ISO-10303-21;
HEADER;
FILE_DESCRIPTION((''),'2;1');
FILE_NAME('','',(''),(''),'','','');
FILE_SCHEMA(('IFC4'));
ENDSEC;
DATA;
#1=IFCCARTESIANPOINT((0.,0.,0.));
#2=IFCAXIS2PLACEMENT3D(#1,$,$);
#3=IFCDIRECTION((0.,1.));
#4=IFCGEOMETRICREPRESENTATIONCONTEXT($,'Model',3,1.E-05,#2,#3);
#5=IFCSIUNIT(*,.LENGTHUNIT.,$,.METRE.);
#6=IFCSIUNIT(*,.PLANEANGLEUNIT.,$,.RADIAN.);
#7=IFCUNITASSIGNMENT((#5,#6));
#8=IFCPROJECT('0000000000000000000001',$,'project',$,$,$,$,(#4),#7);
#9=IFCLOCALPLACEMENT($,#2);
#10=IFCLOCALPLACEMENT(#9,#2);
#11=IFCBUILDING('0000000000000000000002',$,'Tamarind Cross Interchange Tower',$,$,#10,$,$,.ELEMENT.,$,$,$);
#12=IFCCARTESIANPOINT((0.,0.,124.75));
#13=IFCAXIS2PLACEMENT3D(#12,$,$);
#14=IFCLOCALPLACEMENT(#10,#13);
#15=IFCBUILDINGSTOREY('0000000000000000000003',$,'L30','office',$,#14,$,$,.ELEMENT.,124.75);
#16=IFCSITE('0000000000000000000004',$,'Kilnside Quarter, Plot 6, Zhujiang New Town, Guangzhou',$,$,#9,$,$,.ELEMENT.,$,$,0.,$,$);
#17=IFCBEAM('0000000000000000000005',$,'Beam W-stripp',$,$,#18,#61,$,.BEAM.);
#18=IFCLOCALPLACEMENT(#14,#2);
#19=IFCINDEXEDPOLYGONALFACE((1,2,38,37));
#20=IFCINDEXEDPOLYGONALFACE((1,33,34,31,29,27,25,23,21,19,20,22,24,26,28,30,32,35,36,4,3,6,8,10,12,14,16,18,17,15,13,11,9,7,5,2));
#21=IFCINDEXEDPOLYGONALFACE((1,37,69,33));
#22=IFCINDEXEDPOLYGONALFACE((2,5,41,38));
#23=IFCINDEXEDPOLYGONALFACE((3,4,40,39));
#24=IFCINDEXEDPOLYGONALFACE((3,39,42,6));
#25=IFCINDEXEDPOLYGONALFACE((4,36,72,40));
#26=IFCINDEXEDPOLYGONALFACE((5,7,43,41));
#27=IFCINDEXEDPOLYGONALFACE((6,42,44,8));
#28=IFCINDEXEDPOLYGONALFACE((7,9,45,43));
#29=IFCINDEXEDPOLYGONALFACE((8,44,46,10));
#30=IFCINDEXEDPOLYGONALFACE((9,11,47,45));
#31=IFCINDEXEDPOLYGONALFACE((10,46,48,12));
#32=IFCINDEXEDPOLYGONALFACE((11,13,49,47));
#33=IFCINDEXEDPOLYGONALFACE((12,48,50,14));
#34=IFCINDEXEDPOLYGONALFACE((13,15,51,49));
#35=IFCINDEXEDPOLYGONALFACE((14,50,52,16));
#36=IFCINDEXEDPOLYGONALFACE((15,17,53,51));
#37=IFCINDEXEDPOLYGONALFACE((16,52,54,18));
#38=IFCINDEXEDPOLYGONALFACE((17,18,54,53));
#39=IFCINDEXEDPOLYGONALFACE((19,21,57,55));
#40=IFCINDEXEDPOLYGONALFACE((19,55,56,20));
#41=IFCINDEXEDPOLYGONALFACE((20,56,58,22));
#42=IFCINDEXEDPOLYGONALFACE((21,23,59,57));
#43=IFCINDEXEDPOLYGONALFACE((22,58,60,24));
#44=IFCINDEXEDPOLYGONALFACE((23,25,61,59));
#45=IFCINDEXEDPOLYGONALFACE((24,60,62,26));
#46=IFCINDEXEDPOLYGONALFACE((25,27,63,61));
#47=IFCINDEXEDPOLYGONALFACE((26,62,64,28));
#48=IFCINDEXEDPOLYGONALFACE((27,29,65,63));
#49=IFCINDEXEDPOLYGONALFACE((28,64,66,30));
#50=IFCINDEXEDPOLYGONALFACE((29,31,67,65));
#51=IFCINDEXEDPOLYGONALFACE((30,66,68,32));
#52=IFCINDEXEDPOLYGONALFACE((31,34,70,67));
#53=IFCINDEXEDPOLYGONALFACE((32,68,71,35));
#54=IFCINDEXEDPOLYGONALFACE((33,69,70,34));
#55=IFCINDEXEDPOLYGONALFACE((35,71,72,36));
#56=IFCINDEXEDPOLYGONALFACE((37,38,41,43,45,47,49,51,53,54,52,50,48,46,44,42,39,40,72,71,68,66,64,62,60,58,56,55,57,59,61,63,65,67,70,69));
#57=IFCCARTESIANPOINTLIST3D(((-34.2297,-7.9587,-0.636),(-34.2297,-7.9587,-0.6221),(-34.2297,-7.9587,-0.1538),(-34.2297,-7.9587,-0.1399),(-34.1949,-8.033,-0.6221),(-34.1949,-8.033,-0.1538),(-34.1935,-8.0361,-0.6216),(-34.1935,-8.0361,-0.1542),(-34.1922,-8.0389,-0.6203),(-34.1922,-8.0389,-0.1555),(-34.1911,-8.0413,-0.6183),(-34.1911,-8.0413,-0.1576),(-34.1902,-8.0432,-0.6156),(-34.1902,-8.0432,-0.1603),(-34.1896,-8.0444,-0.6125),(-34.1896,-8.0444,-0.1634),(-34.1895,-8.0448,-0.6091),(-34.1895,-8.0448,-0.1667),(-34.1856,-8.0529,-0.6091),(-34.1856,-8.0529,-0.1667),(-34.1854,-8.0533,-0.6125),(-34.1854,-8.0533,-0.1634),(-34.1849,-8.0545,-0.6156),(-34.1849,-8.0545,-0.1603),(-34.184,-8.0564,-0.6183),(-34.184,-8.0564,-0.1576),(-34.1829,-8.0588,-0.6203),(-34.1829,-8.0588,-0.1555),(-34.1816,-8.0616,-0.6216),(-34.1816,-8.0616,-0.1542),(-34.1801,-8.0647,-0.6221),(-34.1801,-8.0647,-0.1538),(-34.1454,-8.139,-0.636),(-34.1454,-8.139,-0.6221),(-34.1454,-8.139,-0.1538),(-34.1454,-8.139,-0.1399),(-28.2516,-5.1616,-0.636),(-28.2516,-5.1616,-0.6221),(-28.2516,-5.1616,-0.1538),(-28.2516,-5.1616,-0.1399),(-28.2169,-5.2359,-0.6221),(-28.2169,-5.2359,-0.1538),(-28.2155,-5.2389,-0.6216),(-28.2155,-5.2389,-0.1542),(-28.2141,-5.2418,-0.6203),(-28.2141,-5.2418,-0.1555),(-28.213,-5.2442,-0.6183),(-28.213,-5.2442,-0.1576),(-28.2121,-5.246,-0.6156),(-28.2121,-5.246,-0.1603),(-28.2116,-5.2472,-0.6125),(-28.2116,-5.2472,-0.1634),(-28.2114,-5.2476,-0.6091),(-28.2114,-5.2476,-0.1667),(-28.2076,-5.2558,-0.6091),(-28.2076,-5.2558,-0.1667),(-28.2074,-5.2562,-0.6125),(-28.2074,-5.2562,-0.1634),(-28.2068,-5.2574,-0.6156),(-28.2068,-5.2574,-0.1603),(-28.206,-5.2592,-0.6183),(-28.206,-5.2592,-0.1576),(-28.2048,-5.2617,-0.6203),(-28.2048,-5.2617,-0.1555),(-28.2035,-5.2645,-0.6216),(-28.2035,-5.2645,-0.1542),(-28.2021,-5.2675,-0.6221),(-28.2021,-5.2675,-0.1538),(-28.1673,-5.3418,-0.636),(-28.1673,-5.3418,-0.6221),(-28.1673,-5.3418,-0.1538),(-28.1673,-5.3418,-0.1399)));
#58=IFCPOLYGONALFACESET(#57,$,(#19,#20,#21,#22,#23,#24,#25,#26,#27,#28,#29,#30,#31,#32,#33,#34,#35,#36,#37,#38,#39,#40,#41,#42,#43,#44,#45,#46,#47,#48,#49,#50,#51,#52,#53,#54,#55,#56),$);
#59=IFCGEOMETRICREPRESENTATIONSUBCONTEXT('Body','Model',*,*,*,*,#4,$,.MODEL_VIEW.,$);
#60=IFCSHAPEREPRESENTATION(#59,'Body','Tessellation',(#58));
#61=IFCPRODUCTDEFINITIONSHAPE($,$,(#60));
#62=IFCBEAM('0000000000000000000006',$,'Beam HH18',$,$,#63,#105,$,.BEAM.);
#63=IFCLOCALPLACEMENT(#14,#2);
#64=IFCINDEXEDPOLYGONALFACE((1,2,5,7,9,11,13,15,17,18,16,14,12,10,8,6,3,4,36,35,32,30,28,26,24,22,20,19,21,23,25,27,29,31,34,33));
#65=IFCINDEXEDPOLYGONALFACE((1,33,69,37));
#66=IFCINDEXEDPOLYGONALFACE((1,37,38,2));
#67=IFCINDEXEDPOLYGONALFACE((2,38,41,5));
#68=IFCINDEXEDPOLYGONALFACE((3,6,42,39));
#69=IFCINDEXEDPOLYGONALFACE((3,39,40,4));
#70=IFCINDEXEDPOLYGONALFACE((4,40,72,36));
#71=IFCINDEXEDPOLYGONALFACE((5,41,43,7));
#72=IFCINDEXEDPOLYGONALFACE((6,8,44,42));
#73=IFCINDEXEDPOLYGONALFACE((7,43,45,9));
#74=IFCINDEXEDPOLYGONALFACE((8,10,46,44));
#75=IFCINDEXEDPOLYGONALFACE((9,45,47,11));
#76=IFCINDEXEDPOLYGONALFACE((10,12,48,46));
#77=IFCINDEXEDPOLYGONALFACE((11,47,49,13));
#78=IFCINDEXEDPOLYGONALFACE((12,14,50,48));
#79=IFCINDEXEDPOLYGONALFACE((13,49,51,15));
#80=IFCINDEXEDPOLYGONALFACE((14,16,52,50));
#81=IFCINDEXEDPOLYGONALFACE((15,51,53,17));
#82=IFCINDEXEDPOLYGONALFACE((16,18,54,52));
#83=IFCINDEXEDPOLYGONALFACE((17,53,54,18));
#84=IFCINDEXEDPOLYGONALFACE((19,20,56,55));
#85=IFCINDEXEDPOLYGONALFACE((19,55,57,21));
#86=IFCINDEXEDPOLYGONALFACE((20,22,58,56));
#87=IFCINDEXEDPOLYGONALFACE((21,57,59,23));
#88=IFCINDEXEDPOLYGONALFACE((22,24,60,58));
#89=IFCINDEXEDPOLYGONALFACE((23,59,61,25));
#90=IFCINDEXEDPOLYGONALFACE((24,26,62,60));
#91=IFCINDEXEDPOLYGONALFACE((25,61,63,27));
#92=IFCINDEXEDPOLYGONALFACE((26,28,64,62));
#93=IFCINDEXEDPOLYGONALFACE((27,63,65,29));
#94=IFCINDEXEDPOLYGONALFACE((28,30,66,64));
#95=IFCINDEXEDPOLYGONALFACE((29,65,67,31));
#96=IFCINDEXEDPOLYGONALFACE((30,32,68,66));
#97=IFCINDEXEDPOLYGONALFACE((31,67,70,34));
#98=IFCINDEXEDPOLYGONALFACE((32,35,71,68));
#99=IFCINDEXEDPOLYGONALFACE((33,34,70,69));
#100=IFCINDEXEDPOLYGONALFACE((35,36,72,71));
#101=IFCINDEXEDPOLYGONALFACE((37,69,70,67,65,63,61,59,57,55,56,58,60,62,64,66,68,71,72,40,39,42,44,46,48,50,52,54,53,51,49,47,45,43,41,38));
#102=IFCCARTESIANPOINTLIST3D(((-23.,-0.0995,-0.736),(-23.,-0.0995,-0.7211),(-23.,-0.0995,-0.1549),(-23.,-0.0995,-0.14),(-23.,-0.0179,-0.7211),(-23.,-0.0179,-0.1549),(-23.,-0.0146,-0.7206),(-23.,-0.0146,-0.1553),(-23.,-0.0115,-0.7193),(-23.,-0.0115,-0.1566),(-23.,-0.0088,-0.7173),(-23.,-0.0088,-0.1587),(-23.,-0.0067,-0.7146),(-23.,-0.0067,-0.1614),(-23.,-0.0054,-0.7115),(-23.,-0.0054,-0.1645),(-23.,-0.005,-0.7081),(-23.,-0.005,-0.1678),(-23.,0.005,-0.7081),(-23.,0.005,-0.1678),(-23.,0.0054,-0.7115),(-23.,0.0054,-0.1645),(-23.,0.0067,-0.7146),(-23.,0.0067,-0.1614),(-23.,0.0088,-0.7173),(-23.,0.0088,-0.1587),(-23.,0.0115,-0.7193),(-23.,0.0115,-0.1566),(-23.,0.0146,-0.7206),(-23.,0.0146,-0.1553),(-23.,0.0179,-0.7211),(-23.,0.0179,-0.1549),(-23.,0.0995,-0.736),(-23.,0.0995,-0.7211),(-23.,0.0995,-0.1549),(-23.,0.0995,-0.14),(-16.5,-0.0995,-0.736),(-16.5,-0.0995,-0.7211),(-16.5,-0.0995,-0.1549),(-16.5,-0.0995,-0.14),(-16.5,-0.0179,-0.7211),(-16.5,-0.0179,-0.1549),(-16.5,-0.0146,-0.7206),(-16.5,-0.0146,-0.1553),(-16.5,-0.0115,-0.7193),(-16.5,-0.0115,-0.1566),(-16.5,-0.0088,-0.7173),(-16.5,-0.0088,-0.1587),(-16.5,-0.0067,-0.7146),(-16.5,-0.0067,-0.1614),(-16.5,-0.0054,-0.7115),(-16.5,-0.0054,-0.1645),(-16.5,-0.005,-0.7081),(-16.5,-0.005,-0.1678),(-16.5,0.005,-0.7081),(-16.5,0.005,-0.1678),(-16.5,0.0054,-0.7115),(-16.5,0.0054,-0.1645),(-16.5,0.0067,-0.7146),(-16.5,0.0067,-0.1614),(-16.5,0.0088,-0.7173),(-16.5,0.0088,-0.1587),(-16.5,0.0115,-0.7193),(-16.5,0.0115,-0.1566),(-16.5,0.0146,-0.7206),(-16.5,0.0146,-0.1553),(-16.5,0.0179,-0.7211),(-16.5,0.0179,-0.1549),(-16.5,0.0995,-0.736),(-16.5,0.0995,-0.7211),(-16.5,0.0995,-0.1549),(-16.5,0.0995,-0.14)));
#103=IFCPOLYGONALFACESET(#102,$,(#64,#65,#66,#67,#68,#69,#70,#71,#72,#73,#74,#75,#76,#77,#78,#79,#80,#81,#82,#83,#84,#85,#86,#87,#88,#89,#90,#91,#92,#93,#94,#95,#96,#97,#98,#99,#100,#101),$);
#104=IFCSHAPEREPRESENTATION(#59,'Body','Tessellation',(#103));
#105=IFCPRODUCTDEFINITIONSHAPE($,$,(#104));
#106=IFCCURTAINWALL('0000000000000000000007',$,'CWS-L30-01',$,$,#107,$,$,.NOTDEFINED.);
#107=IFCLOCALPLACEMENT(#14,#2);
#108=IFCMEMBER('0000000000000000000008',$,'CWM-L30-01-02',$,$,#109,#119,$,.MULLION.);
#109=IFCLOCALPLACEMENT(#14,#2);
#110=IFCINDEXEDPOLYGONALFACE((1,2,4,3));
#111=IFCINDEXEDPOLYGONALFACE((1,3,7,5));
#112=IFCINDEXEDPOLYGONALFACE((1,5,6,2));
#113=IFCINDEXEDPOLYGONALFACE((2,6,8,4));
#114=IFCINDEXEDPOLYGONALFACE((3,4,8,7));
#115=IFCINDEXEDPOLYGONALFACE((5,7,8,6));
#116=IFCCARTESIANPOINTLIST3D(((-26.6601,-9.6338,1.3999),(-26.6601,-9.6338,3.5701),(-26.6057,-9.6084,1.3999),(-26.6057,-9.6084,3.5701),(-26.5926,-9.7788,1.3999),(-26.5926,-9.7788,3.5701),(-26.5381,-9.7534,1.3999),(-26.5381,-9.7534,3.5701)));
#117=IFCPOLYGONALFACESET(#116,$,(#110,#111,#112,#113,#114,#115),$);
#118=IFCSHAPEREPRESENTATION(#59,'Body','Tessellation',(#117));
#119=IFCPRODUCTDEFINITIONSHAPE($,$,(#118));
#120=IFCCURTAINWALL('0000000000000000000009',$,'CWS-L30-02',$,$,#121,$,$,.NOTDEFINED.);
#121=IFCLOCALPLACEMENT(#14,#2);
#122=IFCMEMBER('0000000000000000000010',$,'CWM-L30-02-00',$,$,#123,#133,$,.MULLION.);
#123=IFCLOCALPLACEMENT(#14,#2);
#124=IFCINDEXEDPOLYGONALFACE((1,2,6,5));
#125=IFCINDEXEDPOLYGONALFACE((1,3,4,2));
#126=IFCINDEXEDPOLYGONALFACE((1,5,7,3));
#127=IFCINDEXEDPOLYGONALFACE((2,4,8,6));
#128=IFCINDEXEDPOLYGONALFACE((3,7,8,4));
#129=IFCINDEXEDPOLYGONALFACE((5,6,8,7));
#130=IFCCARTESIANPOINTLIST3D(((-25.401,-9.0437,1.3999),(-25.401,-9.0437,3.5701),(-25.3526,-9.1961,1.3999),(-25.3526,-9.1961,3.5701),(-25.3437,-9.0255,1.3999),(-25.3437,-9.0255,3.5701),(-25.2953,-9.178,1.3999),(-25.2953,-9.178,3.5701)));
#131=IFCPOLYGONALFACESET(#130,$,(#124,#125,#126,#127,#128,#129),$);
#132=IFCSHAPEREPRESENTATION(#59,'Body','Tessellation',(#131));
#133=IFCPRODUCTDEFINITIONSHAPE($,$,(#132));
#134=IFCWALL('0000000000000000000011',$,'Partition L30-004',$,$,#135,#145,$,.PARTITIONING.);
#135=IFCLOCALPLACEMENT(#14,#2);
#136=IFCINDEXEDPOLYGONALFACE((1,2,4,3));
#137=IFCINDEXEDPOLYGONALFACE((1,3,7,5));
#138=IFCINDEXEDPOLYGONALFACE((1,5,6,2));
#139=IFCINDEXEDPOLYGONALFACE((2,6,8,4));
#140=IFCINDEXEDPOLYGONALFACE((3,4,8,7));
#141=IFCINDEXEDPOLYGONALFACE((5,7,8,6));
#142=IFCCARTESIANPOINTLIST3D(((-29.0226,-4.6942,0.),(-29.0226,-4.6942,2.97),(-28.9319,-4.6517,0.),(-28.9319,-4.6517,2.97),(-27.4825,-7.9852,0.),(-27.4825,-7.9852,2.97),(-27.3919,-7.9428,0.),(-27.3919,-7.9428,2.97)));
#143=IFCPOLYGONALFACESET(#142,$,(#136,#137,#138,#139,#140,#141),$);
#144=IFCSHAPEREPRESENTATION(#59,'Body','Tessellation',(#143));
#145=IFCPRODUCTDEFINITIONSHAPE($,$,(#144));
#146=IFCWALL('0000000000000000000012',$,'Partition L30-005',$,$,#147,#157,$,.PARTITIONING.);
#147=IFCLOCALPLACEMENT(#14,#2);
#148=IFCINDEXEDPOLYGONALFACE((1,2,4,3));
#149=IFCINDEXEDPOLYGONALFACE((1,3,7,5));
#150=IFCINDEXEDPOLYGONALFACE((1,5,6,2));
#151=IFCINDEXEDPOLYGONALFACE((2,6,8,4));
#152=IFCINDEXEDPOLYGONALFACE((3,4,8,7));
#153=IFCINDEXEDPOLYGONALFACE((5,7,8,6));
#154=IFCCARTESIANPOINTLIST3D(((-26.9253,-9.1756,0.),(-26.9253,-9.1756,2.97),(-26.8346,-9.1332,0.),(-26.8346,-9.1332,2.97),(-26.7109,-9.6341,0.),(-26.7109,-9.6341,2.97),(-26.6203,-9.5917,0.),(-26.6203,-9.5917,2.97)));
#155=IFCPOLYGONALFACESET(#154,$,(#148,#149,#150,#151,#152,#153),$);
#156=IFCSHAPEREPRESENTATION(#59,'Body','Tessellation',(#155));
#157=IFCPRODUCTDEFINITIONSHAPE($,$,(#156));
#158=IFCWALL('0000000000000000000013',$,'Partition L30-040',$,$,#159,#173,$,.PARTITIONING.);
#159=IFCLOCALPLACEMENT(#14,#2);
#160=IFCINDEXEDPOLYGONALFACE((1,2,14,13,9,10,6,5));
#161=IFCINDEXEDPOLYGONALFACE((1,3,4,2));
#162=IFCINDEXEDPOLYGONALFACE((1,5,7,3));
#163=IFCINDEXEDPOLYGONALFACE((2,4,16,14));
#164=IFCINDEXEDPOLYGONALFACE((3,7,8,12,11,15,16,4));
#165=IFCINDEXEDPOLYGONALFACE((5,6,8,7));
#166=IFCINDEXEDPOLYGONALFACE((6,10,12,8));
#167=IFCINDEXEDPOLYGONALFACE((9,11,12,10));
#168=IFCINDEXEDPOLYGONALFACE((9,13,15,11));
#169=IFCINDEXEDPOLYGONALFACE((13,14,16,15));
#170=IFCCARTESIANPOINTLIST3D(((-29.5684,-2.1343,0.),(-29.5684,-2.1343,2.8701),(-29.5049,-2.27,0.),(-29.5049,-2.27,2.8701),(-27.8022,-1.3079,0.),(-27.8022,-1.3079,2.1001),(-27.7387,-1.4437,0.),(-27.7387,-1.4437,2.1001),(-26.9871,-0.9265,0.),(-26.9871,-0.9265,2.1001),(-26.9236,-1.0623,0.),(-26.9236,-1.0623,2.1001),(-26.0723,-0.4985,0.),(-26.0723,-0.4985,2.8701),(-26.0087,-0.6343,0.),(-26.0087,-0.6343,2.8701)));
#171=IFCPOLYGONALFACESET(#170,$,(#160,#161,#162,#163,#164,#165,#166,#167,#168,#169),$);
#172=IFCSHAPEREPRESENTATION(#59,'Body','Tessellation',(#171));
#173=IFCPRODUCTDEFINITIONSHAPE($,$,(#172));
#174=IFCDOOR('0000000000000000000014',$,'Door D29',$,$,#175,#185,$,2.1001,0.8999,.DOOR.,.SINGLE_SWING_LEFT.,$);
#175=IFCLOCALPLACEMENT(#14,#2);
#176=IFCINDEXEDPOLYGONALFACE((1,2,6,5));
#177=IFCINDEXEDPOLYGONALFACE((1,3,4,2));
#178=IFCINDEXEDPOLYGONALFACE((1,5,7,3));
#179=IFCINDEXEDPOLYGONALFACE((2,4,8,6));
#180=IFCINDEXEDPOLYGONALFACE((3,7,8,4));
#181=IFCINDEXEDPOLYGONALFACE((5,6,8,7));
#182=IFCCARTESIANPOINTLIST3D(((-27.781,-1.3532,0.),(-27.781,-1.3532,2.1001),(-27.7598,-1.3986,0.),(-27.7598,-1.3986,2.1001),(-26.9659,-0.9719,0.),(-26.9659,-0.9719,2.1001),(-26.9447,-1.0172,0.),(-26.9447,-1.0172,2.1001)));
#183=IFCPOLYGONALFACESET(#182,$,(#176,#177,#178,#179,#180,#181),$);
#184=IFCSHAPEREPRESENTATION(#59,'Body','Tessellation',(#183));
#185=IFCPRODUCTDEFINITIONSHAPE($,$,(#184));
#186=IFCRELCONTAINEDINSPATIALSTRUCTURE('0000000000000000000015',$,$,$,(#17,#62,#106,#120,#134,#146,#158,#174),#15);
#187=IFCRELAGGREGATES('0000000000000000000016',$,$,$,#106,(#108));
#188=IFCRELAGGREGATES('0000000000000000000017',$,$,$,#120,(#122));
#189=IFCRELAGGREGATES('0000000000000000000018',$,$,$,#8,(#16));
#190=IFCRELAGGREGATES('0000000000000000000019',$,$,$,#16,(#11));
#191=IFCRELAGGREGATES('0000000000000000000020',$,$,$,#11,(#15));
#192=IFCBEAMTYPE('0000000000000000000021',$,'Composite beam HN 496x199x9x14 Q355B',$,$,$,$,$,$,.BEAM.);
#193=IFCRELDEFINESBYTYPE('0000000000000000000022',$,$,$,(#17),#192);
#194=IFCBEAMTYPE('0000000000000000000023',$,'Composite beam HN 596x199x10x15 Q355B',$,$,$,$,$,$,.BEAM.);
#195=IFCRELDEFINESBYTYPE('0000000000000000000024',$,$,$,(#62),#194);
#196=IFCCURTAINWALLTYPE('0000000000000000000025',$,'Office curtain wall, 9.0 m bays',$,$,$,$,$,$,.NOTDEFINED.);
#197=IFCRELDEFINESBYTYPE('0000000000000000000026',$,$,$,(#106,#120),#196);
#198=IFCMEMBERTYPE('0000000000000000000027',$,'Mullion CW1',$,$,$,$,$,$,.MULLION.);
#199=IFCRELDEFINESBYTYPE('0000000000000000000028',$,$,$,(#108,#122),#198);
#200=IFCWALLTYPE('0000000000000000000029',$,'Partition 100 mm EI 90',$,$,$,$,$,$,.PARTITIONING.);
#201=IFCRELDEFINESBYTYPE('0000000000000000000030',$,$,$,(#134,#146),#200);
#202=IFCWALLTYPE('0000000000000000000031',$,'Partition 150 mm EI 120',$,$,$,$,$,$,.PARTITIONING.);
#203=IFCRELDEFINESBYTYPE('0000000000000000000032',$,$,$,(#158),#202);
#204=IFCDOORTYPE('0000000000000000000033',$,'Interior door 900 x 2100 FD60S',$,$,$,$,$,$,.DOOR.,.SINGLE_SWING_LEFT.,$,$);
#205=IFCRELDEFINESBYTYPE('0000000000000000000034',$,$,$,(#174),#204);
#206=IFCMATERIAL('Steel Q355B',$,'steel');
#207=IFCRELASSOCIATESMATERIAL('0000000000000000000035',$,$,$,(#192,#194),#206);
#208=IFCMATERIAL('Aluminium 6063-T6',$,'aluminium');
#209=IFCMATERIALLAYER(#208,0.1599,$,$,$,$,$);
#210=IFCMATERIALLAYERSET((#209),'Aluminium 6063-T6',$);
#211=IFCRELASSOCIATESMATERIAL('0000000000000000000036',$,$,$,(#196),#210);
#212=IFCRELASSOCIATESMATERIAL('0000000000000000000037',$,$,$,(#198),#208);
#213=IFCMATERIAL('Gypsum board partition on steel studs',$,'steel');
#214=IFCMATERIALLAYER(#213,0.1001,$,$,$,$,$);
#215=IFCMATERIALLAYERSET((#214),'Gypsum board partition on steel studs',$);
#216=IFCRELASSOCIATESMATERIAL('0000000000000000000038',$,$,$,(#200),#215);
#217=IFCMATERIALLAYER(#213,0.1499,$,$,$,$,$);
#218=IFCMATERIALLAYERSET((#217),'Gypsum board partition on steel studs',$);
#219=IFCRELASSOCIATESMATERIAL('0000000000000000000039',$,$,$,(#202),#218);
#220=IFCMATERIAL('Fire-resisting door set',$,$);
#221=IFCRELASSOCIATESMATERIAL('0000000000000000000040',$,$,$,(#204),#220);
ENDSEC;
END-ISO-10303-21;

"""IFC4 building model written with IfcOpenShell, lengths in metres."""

from ifc_helpers import new_model, si_unit, direction, frame, frame_2d, origin, origin_2d, place, context, subcontext, project, spatial, rectangle, i_section, extrude, material, layer, layer_set, material_profile, profile_set, type_object, element, fill, aggregate, save


model = new_model("IFC4")

# Units and contexts
model_context = context("Model", 3, precision=1e-05, world=origin(), true_north=direction((0.0, 1.0)))
body_context = subcontext(model_context, "Body", "Model", "MODEL_VIEW")
ifc_project = project(units=[si_unit("LENGTHUNIT", "METRE"), si_unit("PLANEANGLEUNIT", "RADIAN")], contexts=[model_context])

# Site, building, storey
site_placement = place(None, origin())
site = spatial("IfcSite", under=ifc_project, at=site_placement, Name="Kilnside Quarter, Plot 6, Zhujiang New Town, Guangzhou", CompositionType="ELEMENT", RefElevation=0.0)
building_placement = place(site_placement, origin())
building = spatial("IfcBuilding", under=site, at=building_placement, Name="Tamarind Cross Interchange Tower", CompositionType="ELEMENT")
storey_placement = place(building_placement, frame((0.0, 0.0, 124.75)))
storey = spatial("IfcBuildingStorey", under=building, at=storey_placement, Name="L30", Description="office", CompositionType="ELEMENT", Elevation=124.75)

# Beams
ifc_material_1 = material(Name="Steel Q355B", Category="steel")
ifc_material_profile_1 = material_profile(ifc_material_1, i_section(OverallWidth=0.199, OverallDepth=0.4961, WebThickness=0.009, FlangeThickness=0.0139, FilletRadius=0.0129, at=origin_2d()), Name="HN 496x199x9x14")
ifc_profile_set_1 = profile_set([ifc_material_profile_1], Name="Steel Q355B")
beam_type_1 = type_object("IfcBeamType", Name="Composite beam HN 496x199x9x14 Q355B", PredefinedType="BEAM", material=ifc_profile_set_1)
for number, where, z_axis, x_axis, name in (
    (1, (-28.2095, -5.2517, -0.3879), (-0.905755, -0.423803, 0.0), (0.423803, -0.905755, 0.0), "Beam W-stripp"),
):
    element("IfcBeam", number, at=place(storey_placement, frame(where, z_axis=z_axis, x_axis=x_axis)), inside=storey, type_object=beam_type_1, Name=name, PredefinedType="BEAM", context=body_context, shape_type="SweptSolid", body=[
        extrude(i_section(OverallWidth=0.199, OverallDepth=0.4961, WebThickness=0.009, FlangeThickness=0.0139, FilletRadius=0.0129, at=origin_2d()), origin(), (0.0, 0.0, 1.0), 6.6001),
    ])
ifc_material_profile_2 = material_profile(ifc_material_1, i_section(OverallWidth=0.199, OverallDepth=0.5959, WebThickness=0.01, FlangeThickness=0.0149, FilletRadius=0.0129, at=origin_2d()), Name="HN 596x199x10x15")
ifc_profile_set_2 = profile_set([ifc_material_profile_2], Name="Steel Q355B")
beam_type_2 = type_object("IfcBeamType", Name="Composite beam HN 596x199x10x15 Q355B", PredefinedType="BEAM", material=ifc_profile_set_2)
beam_1_placement = place(storey_placement, frame((-23.0, 0.0, -0.438), z_axis=(1.0, 0.0, 0.0), x_axis=(0.0, 1.0, 0.0)))
element("IfcBeam", 2, at=beam_1_placement, inside=storey, type_object=beam_type_2, Name="Beam HH18", PredefinedType="BEAM", context=body_context, shape_type="SweptSolid", body=[
    extrude(i_section(OverallWidth=0.199, OverallDepth=0.5959, WebThickness=0.01, FlangeThickness=0.0149, FilletRadius=0.0129, at=origin_2d()), origin(), (0.0, 0.0, 1.0), 6.5),
])

# Curtain walls, members
ifc_material_2 = material(Name="Aluminium 6063-T6", Category="aluminium")
ifc_layer_1 = layer(ifc_material_2, 0.1599)
ifc_layer_set_1 = layer_set([ifc_layer_1], Name="Aluminium 6063-T6")
curtain_wall_type = type_object("IfcCurtainWallType", Name="Office curtain wall, 9.0 m bays", PredefinedType="NOTDEFINED", material=ifc_layer_set_1)
curtain_wall_1_placement = place(storey_placement, origin())
curtain_wall_1 = element("IfcCurtainWall", 3, at=curtain_wall_1_placement, inside=storey, type_object=curtain_wall_type, Name="CWS-L30-01", PredefinedType="NOTDEFINED")
ifc_material_profile_3 = material_profile(ifc_material_2, rectangle(XDim=0.0601, YDim=0.1599, at=origin_2d()), Name="Mullion CW1")
ifc_profile_set_3 = profile_set([ifc_material_profile_3], Name="Aluminium 6063-T6")
member_type = type_object("IfcMemberType", Name="Mullion CW1", PredefinedType="MULLION", material=ifc_profile_set_3)
member_1_placement = place(storey_placement, frame((-26.5991, -9.6936, 1.3999), z_axis=(0.0, 0.0, 1.0), x_axis=(0.906515, 0.422174, 0.0)))
member_1 = element("IfcMember", 4, at=member_1_placement, type_object=member_type, Name="CWM-L30-01-02", PredefinedType="MULLION", context=body_context, shape_type="SweptSolid", body=[
    extrude(rectangle(XDim=0.0601, YDim=0.1599, at=origin_2d()), origin(), (0.0, 0.0, 1.0), 2.1702),
])
aggregate(curtain_wall_1, [member_1])
curtain_wall_2_placement = place(storey_placement, origin())
curtain_wall_2 = element("IfcCurtainWall", 5, at=curtain_wall_2_placement, inside=storey, type_object=curtain_wall_type, Name="CWS-L30-02", PredefinedType="NOTDEFINED")
member_2_placement = place(storey_placement, frame((-25.3481, -9.1108, 1.3999), z_axis=(0.0, 0.0, 1.0), x_axis=(0.953164, 0.302453, 0.0)))
member_2 = element("IfcMember", 6, at=member_2_placement, type_object=member_type, Name="CWM-L30-02-00", PredefinedType="MULLION", context=body_context, shape_type="SweptSolid", body=[
    extrude(rectangle(XDim=0.0601, YDim=0.1599, at=origin_2d()), origin(), (0.0, 0.0, 1.0), 2.1702),
])
aggregate(curtain_wall_2, [member_2])

# Walls
ifc_material_3 = material(Name="Gypsum board partition on steel studs", Category="steel")
ifc_layer_2 = layer(ifc_material_3, 0.1001)
ifc_layer_set_2 = layer_set([ifc_layer_2], Name="Gypsum board partition on steel studs")
wall_type_1 = type_object("IfcWallType", Name="Partition 100 mm EI 90", PredefinedType="PARTITIONING", material=ifc_layer_set_2)
wall_1_placement = place(storey_placement, frame((-28.9773, -4.6729, 0.0), z_axis=(0.0, 0.0, 1.0), x_axis=(0.423842, -0.905736, 0.0)))
element("IfcWall", 7, at=wall_1_placement, inside=storey, type_object=wall_type_1, Name="Partition L30-004", PredefinedType="PARTITIONING", context=body_context, shape_type="SweptSolid", body=[
    extrude(rectangle(XDim=3.6335, YDim=0.1001, at=frame_2d((1.8169, 0.0))), origin(), (0.0, 0.0, 1.0), 2.97),
])
wall_2_placement = place(storey_placement, frame((-26.8799, -9.1545, 0.0), z_axis=(0.0, 0.0, 1.0), x_axis=(0.423519, -0.905887, 0.0)))
element("IfcWall", 8, at=wall_2_placement, inside=storey, type_object=wall_type_1, Name="Partition L30-005", PredefinedType="PARTITIONING", context=body_context, shape_type="SweptSolid", body=[
    extrude(rectangle(XDim=0.5061, YDim=0.1001, at=frame_2d((0.2529, 0.0))), origin(), (0.0, 0.0, 1.0), 2.97),
])

# Wall, opening, door
ifc_layer_3 = layer(ifc_material_3, 0.1499)
ifc_layer_set_3 = layer_set([ifc_layer_3], Name="Gypsum board partition on steel studs")
wall_type_2 = type_object("IfcWallType", Name="Partition 150 mm EI 120", PredefinedType="PARTITIONING", material=ifc_layer_set_3)
wall_3_placement = place(storey_placement, frame((-29.5366, -2.2021, 0.0), z_axis=(0.0, 0.0, 1.0), x_axis=(0.905763, 0.423786, 0.0)))
wall_3 = element("IfcWall", 9, at=wall_3_placement, inside=storey, type_object=wall_type_2, Name="Partition L30-040", PredefinedType="PARTITIONING", context=body_context, shape_type="SweptSolid", body=[
    extrude(rectangle(XDim=3.8599, YDim=0.1499, at=frame_2d((1.9299, 0.0))), origin(), (0.0, 0.0, 1.0), 2.8701),
])
opening_1_placement = place(wall_3_placement, frame((1.95, 0.0, 0.0)))
opening_1 = element("IfcOpeningElement", 10, at=opening_1_placement, cuts=wall_3, PredefinedType="OPENING", context=body_context, shape_type="SweptSolid", body=[
    extrude(rectangle(XDim=0.8999, YDim=2.1001, at=frame_2d((0.45, 1.05))), frame((0.0, 0.085, 0.0), z_axis=(0.0, -1.0, 0.0), x_axis=(1.0, 0.0, 0.0)), (0.0, 0.0, 1.0), 0.1699),
])
ifc_material_4 = material(Name="Fire-resisting door set")
door_type_1 = type_object("IfcDoorType", Name="Interior door 900 x 2100 FD60S", OperationType="SINGLE_SWING_LEFT", PredefinedType="DOOR", material=ifc_material_4)
door_1_placement = place(opening_1_placement, origin())
door_1 = element("IfcDoor", 11, at=door_1_placement, inside=storey, type_object=door_type_1, Name="Door D29", OperationType="SINGLE_SWING_LEFT", OverallHeight=2.1001, OverallWidth=0.8999, PredefinedType="DOOR", context=body_context, shape_type="SweptSolid", body=[
    extrude(rectangle(XDim=0.8999, YDim=2.1001, at=frame_2d((0.45, 1.05))), frame((0.0, 0.0249, 0.0), z_axis=(0.0, -1.0, 0.0), x_axis=(1.0, 0.0, 0.0)), (0.0, 0.0, 1.0), 0.05),
])
fill(opening_1, door_1)

save(model, "model.ifc")
